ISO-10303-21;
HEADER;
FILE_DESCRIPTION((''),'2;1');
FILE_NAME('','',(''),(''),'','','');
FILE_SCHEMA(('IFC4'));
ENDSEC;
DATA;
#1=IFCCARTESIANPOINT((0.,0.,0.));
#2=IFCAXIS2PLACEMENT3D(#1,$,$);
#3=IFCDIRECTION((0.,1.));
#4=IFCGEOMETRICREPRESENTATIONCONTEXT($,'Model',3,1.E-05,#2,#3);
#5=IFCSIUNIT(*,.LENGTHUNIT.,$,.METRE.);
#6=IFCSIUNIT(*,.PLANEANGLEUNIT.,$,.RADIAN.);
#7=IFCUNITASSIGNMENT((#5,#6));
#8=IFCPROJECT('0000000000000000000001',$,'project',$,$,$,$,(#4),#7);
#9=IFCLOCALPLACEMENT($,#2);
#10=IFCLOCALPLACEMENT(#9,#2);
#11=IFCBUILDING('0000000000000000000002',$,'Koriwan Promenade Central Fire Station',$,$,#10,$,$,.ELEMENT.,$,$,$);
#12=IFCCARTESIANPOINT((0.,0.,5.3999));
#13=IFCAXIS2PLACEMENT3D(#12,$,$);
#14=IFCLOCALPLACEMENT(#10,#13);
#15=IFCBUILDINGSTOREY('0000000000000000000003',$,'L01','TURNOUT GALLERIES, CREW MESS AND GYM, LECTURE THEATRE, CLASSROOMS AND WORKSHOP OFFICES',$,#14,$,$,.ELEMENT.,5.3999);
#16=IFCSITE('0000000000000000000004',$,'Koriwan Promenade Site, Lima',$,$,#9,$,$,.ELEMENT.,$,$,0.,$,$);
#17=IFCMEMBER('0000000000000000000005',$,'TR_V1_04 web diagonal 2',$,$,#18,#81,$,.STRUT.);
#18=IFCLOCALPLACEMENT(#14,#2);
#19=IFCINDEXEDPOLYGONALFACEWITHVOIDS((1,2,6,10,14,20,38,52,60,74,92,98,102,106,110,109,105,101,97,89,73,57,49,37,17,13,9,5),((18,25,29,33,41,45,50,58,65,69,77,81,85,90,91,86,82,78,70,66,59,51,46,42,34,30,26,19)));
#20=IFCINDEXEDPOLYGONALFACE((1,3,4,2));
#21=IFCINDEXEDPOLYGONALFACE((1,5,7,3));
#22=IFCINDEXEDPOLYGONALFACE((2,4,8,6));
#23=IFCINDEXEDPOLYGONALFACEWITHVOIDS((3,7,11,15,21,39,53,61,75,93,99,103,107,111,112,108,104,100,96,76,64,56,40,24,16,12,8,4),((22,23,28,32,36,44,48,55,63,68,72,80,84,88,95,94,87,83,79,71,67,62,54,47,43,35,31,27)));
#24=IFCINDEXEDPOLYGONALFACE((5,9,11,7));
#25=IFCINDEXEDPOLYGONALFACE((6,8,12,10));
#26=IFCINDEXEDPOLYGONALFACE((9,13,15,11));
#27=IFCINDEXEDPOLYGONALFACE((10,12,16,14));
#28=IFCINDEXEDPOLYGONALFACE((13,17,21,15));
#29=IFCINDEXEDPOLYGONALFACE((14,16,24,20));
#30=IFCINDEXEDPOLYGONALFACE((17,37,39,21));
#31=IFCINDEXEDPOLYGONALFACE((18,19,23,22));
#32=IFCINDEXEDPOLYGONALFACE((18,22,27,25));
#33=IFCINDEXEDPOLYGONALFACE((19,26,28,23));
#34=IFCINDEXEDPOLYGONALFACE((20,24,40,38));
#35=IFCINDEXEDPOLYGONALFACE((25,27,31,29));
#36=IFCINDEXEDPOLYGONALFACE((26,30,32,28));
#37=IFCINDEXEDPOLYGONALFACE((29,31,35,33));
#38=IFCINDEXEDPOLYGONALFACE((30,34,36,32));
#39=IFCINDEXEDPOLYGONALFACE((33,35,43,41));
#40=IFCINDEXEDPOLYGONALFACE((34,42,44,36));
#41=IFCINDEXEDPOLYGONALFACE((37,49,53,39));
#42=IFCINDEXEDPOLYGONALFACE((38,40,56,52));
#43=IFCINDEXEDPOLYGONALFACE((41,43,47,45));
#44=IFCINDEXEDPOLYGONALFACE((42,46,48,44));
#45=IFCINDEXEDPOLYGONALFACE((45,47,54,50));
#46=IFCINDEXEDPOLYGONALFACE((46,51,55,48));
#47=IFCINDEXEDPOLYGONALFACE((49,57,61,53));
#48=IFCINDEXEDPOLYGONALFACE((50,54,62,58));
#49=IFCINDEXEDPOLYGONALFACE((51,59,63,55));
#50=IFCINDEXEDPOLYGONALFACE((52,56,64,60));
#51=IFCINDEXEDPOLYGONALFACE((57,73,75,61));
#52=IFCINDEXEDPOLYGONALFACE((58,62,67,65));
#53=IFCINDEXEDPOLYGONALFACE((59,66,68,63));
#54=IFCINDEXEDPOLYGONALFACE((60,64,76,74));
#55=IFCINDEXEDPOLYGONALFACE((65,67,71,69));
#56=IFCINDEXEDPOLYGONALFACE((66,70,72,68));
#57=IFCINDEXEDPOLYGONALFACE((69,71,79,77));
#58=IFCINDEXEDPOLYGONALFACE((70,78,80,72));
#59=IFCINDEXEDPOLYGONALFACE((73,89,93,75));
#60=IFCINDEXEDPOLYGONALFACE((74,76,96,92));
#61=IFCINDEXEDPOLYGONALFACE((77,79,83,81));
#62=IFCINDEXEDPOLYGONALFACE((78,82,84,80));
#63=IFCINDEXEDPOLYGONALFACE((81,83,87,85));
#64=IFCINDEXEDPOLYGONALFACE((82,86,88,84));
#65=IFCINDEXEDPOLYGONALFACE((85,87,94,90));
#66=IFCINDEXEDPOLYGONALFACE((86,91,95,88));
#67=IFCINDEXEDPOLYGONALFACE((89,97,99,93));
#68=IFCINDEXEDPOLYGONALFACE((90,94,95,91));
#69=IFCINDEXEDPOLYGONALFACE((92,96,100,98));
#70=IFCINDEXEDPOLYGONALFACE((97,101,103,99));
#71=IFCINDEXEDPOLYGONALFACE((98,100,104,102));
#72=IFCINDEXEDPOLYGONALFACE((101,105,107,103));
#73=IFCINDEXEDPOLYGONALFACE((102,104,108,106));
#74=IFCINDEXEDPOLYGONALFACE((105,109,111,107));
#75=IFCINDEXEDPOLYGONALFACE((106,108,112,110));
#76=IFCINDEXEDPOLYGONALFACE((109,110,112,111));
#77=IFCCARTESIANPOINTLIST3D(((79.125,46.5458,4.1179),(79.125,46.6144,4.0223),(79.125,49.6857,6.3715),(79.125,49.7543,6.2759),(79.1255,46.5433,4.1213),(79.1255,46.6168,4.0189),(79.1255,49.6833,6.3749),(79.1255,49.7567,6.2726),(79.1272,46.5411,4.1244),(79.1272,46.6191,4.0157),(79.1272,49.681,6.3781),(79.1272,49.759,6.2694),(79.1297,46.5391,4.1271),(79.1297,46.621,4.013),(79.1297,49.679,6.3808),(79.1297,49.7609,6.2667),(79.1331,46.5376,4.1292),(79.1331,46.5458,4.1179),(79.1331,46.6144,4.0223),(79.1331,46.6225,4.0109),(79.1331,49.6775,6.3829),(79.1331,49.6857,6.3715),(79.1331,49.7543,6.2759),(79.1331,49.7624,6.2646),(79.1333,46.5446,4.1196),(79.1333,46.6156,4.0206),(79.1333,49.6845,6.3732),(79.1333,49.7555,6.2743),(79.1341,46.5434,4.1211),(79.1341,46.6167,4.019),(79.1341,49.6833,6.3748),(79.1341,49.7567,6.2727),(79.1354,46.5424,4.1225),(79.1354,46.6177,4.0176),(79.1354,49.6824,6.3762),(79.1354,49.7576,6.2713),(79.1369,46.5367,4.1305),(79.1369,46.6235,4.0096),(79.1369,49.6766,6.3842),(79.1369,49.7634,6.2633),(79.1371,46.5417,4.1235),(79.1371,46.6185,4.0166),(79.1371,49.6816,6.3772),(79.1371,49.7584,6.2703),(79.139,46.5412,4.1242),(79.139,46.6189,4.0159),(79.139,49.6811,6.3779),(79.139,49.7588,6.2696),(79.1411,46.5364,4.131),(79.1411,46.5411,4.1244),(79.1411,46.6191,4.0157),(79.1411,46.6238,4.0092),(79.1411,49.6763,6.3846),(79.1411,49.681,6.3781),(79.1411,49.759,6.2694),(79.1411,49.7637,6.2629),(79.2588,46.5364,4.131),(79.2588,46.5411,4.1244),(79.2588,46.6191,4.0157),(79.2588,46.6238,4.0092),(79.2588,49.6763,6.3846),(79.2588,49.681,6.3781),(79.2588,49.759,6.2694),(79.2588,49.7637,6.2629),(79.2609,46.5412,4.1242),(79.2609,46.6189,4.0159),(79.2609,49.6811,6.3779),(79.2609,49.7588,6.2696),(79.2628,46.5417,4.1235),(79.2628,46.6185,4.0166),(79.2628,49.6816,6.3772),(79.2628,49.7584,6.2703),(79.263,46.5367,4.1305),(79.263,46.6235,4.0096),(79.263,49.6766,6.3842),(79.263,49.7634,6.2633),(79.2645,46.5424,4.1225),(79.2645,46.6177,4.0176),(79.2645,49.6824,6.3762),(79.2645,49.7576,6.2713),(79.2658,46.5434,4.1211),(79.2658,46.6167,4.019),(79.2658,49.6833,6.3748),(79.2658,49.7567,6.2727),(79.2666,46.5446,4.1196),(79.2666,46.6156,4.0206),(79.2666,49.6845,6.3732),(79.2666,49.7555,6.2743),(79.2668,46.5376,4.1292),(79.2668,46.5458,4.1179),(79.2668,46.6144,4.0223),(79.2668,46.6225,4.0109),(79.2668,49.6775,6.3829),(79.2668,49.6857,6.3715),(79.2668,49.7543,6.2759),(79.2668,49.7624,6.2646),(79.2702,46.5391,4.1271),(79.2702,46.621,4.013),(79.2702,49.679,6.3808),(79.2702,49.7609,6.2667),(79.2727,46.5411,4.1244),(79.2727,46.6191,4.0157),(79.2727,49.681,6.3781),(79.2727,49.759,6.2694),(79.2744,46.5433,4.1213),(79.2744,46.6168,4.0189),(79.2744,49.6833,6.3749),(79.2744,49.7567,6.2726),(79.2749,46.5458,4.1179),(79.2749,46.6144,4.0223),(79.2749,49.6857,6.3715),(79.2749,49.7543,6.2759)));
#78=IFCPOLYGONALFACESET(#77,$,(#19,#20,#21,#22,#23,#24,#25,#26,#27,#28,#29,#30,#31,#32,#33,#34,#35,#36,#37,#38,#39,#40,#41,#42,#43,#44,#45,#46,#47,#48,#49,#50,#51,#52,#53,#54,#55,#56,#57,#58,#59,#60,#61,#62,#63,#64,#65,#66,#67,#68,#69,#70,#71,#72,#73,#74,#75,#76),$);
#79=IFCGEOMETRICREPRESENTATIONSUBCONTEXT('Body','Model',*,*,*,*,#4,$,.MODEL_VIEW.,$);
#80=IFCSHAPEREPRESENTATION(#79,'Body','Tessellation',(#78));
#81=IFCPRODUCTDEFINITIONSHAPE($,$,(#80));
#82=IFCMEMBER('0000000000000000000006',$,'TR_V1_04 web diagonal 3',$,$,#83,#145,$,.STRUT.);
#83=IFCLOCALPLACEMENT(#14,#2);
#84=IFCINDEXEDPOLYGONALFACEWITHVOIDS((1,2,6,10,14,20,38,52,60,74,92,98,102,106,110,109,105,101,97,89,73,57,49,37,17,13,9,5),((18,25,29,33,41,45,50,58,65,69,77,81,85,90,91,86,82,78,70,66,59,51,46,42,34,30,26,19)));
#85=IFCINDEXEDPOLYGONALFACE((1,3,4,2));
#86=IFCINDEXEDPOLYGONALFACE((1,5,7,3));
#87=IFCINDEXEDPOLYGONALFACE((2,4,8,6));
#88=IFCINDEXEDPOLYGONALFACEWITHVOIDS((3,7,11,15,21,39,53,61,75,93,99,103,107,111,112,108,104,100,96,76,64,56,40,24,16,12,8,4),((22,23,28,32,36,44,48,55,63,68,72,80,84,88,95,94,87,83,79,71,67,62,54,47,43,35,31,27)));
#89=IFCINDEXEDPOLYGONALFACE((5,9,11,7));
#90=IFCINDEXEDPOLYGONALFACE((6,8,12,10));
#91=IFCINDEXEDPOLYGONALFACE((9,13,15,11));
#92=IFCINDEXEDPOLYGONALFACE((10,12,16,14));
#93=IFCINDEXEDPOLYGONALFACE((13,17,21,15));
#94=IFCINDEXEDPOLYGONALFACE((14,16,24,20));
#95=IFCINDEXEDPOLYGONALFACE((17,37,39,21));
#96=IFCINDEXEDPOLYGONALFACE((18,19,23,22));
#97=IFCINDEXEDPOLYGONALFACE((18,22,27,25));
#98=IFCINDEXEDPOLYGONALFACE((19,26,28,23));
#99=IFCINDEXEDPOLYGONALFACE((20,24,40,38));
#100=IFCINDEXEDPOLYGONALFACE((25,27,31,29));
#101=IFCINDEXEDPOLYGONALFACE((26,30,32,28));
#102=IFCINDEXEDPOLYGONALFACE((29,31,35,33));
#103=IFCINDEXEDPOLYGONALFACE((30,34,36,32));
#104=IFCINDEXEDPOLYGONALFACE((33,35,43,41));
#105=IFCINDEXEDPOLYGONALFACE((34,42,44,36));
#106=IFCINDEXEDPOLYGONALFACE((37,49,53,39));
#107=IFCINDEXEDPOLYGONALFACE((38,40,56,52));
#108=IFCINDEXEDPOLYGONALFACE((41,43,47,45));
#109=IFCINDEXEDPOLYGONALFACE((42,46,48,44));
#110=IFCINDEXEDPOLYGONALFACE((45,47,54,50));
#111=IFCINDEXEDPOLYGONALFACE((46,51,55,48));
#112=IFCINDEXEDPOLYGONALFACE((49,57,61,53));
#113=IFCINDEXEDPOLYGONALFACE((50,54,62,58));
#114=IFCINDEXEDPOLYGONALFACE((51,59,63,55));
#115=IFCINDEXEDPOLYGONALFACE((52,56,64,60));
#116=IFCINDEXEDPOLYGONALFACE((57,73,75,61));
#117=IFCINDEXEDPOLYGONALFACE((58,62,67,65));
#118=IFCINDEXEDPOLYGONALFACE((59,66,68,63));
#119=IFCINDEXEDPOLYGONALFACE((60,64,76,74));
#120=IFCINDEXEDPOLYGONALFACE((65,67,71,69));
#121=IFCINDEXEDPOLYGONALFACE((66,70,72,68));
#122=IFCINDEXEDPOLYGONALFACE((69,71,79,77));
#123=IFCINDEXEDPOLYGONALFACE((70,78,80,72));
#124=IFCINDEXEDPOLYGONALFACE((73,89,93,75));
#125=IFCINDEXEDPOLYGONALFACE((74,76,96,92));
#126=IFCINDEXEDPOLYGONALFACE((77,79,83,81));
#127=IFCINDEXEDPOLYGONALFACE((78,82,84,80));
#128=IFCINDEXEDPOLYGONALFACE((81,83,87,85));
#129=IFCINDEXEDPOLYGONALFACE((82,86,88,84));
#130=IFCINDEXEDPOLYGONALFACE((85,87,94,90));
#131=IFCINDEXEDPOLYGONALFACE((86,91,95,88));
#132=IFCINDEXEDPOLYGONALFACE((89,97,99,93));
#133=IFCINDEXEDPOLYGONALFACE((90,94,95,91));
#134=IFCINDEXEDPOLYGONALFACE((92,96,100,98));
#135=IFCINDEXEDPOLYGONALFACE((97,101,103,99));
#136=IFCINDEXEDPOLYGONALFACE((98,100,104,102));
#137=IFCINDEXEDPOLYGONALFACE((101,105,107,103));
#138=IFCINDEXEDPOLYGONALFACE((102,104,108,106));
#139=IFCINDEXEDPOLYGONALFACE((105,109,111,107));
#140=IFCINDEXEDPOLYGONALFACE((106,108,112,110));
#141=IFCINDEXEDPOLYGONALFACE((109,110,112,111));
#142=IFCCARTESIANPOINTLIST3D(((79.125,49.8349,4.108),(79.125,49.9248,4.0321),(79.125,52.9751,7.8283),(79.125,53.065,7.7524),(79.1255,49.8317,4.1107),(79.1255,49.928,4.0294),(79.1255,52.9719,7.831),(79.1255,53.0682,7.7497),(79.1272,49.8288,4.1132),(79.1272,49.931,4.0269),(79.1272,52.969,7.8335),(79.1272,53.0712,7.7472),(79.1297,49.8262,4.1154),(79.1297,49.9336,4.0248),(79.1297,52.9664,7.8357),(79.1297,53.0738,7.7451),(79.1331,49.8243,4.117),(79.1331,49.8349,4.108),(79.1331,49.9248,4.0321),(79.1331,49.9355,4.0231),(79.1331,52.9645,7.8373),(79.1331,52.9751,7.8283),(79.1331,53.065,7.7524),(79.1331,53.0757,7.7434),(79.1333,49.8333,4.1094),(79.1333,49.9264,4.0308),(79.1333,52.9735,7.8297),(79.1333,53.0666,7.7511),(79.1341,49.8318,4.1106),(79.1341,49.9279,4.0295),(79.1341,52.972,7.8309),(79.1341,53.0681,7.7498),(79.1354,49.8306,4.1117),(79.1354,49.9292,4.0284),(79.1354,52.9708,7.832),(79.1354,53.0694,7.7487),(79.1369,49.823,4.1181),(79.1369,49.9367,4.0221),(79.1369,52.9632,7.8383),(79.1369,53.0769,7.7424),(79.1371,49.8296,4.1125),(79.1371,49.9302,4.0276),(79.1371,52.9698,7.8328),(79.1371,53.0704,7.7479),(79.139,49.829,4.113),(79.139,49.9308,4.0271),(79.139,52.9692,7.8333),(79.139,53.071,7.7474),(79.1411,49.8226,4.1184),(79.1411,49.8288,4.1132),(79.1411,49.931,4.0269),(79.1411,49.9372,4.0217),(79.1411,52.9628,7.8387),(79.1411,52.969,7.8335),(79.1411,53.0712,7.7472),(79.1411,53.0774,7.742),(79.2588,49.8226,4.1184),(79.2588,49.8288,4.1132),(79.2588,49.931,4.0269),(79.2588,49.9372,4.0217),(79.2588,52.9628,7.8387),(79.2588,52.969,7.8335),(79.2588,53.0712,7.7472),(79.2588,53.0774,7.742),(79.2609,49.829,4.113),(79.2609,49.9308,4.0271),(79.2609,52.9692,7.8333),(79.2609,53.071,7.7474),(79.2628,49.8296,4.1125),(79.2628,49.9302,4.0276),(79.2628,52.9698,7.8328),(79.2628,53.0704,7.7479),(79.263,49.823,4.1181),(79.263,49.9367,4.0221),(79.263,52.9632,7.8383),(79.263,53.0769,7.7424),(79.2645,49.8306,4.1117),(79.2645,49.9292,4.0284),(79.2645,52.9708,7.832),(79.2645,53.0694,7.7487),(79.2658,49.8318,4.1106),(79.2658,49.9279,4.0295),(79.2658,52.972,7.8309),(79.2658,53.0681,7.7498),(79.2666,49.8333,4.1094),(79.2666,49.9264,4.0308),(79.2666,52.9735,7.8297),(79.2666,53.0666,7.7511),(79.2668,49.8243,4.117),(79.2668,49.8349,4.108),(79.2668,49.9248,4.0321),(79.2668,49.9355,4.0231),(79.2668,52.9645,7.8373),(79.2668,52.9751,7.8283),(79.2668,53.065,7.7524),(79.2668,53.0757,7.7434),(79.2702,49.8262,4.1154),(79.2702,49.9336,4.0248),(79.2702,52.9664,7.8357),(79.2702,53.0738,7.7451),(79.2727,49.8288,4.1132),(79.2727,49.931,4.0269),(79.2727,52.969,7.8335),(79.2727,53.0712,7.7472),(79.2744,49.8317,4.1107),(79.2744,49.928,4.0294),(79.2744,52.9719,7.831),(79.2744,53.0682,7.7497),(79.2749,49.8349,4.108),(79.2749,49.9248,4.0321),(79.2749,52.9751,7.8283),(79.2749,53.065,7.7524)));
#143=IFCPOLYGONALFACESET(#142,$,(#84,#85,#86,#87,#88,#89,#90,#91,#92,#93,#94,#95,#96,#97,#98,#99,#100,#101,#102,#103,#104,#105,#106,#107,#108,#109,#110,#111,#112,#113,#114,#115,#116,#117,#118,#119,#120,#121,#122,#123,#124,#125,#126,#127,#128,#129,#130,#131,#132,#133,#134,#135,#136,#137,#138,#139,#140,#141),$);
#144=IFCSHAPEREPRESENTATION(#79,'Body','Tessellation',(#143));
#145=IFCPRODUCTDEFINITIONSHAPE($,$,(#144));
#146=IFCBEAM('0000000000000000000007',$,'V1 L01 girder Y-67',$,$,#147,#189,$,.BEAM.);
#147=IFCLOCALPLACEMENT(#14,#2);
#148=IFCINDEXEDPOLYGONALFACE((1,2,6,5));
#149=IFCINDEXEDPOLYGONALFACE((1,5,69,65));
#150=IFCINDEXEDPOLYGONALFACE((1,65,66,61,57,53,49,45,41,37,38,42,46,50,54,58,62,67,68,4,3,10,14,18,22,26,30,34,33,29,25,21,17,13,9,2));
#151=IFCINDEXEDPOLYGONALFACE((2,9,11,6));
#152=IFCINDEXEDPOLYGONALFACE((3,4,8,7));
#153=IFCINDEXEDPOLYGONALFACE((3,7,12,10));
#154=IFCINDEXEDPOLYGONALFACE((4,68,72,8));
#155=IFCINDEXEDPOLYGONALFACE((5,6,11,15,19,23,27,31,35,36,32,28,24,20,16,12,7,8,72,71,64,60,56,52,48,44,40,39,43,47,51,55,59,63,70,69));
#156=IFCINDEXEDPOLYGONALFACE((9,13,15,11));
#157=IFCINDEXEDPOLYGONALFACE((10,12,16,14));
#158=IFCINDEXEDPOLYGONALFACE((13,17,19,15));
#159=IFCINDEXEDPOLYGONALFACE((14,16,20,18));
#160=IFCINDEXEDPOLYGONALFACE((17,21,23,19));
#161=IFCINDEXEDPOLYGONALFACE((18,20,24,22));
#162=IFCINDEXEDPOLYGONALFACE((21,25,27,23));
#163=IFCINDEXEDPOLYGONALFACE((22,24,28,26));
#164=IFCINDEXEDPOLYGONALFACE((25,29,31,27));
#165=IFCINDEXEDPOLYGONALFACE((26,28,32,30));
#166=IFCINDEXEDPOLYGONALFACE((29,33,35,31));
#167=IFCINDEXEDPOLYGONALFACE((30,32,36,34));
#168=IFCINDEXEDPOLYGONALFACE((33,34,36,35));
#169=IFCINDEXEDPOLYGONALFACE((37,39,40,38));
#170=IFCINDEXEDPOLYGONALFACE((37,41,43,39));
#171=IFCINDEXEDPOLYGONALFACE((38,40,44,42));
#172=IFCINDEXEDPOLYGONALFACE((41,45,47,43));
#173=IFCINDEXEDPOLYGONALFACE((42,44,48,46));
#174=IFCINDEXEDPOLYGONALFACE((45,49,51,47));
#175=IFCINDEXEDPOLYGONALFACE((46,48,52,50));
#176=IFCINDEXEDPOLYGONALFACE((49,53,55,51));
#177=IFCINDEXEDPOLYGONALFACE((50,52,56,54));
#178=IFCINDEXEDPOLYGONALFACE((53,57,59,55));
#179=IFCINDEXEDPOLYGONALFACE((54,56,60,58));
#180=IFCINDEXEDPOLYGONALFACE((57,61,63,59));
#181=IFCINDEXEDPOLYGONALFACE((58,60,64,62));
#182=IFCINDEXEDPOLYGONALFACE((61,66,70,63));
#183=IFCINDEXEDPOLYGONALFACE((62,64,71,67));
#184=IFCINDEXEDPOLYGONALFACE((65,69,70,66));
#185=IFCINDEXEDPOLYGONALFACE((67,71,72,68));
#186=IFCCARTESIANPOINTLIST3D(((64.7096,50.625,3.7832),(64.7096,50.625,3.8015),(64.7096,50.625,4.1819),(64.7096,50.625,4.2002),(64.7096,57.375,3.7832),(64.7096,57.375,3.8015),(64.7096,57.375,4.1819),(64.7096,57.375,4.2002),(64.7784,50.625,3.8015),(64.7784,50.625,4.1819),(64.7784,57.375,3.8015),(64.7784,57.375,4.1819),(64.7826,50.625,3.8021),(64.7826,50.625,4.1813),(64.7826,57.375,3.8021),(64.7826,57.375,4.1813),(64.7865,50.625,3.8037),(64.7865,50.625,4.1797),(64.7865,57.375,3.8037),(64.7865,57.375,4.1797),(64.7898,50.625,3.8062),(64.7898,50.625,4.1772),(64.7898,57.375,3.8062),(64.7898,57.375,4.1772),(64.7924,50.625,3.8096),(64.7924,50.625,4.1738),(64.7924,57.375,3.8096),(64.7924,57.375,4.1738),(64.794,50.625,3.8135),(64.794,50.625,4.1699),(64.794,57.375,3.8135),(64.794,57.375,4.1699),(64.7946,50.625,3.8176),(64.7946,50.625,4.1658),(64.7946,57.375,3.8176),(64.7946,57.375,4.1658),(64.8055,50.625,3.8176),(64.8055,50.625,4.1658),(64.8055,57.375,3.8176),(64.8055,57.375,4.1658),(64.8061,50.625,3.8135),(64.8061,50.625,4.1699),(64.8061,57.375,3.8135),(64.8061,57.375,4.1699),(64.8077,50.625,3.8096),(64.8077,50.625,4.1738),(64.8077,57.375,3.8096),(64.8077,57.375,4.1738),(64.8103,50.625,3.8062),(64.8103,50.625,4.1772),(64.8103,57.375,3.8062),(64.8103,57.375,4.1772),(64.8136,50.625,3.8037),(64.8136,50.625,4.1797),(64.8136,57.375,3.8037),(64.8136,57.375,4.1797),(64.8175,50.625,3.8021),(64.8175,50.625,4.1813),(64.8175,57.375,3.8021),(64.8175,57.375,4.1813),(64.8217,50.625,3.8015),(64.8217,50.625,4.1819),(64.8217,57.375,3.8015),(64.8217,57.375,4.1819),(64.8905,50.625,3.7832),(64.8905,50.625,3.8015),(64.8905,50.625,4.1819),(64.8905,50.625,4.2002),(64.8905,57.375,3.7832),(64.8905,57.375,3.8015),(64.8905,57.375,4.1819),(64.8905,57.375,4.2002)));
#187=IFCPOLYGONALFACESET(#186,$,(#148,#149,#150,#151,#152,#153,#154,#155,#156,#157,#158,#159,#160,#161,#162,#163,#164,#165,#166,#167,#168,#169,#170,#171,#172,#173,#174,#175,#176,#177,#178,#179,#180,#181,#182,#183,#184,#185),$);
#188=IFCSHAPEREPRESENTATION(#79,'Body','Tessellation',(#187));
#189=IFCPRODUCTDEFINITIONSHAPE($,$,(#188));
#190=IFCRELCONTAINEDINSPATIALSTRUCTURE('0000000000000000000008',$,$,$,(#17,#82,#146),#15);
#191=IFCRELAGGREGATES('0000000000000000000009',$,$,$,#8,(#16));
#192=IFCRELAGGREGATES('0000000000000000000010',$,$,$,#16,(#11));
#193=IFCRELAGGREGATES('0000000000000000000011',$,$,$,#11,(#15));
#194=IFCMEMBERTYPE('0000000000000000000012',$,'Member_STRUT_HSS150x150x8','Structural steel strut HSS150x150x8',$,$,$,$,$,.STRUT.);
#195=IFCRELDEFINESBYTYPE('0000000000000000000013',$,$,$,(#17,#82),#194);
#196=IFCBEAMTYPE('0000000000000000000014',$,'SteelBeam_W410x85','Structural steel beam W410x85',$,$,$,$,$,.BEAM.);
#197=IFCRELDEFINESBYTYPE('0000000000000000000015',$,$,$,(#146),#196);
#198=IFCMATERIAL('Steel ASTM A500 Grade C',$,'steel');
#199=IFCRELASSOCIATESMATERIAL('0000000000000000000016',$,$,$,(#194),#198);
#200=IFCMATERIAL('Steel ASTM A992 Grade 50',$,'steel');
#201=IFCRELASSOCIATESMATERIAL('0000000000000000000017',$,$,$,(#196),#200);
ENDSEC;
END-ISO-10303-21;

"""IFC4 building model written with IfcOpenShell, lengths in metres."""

from ifc_helpers import new_model, si_unit, direction, frame, origin, origin_2d, place, context, subcontext, project, spatial, hollow_rectangle, i_section, extrude, material, material_profile, profile_set, type_object, element, save


model = new_model("IFC4")

# Units and contexts
model_context = context("Model", 3, precision=1e-05, world=origin(), true_north=direction((0.0, 1.0)))
body_context = subcontext(model_context, "Body", "Model", "MODEL_VIEW")
ifc_project = project(units=[si_unit("LENGTHUNIT", "METRE"), si_unit("PLANEANGLEUNIT", "RADIAN")], contexts=[model_context])

# Site, building, storey
site_placement = place(None, origin())
site = spatial("IfcSite", under=ifc_project, at=site_placement, Name="Koriwan Promenade Site, Lima", CompositionType="ELEMENT", RefElevation=0.0)
building_placement = place(site_placement, origin())
building = spatial("IfcBuilding", under=site, at=building_placement, Name="Koriwan Promenade Central Fire Station", CompositionType="ELEMENT")
storey_placement = place(building_placement, frame((0.0, 0.0, 5.3999)))
storey = spatial("IfcBuildingStorey", under=building, at=storey_placement, Name="L01", Description="TURNOUT GALLERIES, CREW MESS AND GYM, LECTURE THEATRE, CLASSROOMS AND WORKSHOP OFFICES", CompositionType="ELEMENT", Elevation=5.3999)

# Members
ifc_material_1 = material(Name="Steel ASTM A500 Grade C", Category="steel")
ifc_material_2 = material(Name="Steel ASTM A992 Grade 50", Category="steel")
ifc_material_profile_1 = material_profile(ifc_material_1, hollow_rectangle(XDim=0.1499, YDim=0.1499, WallThickness=0.0081, InnerFilletRadius=0.0081, OuterFilletRadius=0.0161, at=origin_2d()), Name="HSS150x150x8")
ifc_profile_set_1 = profile_set([ifc_material_profile_1], Name="Steel ASTM A500 Grade C")
member_type_1 = type_object("IfcMemberType", Name="Member_STRUT_HSS150x150x8", Description="Structural steel strut HSS150x150x8", PredefinedType="STRUT", material=ifc_profile_set_1)
member_1_placement = place(storey_placement, frame((79.2, 46.5801, 4.0701), z_axis=(0.0, 0.8124, 0.583101), x_axis=(-1.0, 0.0, 0.0)))
element("IfcMember", 1, at=member_1_placement, inside=storey, type_object=member_type_1, Name="TR_V1_04 web diagonal 2", PredefinedType="STRUT", context=body_context, shape_type="SweptSolid", body=[
    extrude(hollow_rectangle(XDim=0.1499, YDim=0.1499, WallThickness=0.0081, InnerFilletRadius=0.0081, OuterFilletRadius=0.0161, at=origin_2d()), origin(), (0.0, 0.0, 1.0), 3.865),
])
member_2_placement = place(storey_placement, frame((79.2, 49.8799, 4.0701), z_axis=(0.0, 0.645016, 0.764169), x_axis=(-1.0, 0.0, 0.0)))
element("IfcMember", 2, at=member_2_placement, inside=storey, type_object=member_type_1, Name="TR_V1_04 web diagonal 3", PredefinedType="STRUT", context=body_context, shape_type="SweptSolid", body=[
    extrude(hollow_rectangle(XDim=0.1499, YDim=0.1499, WallThickness=0.0081, InnerFilletRadius=0.0081, OuterFilletRadius=0.0161, at=origin_2d()), origin(), (0.0, 0.0, 1.0), 4.8684),
])

# Beam
ifc_material_profile_2 = material_profile(ifc_material_2, i_section(OverallWidth=0.1809, OverallDepth=0.417, WebThickness=0.011, FlangeThickness=0.0183, FilletRadius=0.0161, at=origin_2d()), Name="W410x85")
ifc_profile_set_2 = profile_set([ifc_material_profile_2], Name="Steel ASTM A992 Grade 50")
beam_type = type_object("IfcBeamType", Name="SteelBeam_W410x85", Description="Structural steel beam W410x85", PredefinedType="BEAM", material=ifc_profile_set_2)
beam_placement = place(storey_placement, frame((64.8, 50.625, 3.9917), z_axis=(0.0, 1.0, 0.0), x_axis=(-1.0, 0.0, 0.0)))
element("IfcBeam", 3, at=beam_placement, inside=storey, type_object=beam_type, Name="V1 L01 girder Y-67", PredefinedType="BEAM", context=body_context, shape_type="SweptSolid", body=[
    extrude(i_section(OverallWidth=0.1809, OverallDepth=0.417, WebThickness=0.011, FlangeThickness=0.0183, FilletRadius=0.0161, at=origin_2d()), origin(), (0.0, 0.0, 1.0), 6.75),
])

save(model, "model.ifc")
